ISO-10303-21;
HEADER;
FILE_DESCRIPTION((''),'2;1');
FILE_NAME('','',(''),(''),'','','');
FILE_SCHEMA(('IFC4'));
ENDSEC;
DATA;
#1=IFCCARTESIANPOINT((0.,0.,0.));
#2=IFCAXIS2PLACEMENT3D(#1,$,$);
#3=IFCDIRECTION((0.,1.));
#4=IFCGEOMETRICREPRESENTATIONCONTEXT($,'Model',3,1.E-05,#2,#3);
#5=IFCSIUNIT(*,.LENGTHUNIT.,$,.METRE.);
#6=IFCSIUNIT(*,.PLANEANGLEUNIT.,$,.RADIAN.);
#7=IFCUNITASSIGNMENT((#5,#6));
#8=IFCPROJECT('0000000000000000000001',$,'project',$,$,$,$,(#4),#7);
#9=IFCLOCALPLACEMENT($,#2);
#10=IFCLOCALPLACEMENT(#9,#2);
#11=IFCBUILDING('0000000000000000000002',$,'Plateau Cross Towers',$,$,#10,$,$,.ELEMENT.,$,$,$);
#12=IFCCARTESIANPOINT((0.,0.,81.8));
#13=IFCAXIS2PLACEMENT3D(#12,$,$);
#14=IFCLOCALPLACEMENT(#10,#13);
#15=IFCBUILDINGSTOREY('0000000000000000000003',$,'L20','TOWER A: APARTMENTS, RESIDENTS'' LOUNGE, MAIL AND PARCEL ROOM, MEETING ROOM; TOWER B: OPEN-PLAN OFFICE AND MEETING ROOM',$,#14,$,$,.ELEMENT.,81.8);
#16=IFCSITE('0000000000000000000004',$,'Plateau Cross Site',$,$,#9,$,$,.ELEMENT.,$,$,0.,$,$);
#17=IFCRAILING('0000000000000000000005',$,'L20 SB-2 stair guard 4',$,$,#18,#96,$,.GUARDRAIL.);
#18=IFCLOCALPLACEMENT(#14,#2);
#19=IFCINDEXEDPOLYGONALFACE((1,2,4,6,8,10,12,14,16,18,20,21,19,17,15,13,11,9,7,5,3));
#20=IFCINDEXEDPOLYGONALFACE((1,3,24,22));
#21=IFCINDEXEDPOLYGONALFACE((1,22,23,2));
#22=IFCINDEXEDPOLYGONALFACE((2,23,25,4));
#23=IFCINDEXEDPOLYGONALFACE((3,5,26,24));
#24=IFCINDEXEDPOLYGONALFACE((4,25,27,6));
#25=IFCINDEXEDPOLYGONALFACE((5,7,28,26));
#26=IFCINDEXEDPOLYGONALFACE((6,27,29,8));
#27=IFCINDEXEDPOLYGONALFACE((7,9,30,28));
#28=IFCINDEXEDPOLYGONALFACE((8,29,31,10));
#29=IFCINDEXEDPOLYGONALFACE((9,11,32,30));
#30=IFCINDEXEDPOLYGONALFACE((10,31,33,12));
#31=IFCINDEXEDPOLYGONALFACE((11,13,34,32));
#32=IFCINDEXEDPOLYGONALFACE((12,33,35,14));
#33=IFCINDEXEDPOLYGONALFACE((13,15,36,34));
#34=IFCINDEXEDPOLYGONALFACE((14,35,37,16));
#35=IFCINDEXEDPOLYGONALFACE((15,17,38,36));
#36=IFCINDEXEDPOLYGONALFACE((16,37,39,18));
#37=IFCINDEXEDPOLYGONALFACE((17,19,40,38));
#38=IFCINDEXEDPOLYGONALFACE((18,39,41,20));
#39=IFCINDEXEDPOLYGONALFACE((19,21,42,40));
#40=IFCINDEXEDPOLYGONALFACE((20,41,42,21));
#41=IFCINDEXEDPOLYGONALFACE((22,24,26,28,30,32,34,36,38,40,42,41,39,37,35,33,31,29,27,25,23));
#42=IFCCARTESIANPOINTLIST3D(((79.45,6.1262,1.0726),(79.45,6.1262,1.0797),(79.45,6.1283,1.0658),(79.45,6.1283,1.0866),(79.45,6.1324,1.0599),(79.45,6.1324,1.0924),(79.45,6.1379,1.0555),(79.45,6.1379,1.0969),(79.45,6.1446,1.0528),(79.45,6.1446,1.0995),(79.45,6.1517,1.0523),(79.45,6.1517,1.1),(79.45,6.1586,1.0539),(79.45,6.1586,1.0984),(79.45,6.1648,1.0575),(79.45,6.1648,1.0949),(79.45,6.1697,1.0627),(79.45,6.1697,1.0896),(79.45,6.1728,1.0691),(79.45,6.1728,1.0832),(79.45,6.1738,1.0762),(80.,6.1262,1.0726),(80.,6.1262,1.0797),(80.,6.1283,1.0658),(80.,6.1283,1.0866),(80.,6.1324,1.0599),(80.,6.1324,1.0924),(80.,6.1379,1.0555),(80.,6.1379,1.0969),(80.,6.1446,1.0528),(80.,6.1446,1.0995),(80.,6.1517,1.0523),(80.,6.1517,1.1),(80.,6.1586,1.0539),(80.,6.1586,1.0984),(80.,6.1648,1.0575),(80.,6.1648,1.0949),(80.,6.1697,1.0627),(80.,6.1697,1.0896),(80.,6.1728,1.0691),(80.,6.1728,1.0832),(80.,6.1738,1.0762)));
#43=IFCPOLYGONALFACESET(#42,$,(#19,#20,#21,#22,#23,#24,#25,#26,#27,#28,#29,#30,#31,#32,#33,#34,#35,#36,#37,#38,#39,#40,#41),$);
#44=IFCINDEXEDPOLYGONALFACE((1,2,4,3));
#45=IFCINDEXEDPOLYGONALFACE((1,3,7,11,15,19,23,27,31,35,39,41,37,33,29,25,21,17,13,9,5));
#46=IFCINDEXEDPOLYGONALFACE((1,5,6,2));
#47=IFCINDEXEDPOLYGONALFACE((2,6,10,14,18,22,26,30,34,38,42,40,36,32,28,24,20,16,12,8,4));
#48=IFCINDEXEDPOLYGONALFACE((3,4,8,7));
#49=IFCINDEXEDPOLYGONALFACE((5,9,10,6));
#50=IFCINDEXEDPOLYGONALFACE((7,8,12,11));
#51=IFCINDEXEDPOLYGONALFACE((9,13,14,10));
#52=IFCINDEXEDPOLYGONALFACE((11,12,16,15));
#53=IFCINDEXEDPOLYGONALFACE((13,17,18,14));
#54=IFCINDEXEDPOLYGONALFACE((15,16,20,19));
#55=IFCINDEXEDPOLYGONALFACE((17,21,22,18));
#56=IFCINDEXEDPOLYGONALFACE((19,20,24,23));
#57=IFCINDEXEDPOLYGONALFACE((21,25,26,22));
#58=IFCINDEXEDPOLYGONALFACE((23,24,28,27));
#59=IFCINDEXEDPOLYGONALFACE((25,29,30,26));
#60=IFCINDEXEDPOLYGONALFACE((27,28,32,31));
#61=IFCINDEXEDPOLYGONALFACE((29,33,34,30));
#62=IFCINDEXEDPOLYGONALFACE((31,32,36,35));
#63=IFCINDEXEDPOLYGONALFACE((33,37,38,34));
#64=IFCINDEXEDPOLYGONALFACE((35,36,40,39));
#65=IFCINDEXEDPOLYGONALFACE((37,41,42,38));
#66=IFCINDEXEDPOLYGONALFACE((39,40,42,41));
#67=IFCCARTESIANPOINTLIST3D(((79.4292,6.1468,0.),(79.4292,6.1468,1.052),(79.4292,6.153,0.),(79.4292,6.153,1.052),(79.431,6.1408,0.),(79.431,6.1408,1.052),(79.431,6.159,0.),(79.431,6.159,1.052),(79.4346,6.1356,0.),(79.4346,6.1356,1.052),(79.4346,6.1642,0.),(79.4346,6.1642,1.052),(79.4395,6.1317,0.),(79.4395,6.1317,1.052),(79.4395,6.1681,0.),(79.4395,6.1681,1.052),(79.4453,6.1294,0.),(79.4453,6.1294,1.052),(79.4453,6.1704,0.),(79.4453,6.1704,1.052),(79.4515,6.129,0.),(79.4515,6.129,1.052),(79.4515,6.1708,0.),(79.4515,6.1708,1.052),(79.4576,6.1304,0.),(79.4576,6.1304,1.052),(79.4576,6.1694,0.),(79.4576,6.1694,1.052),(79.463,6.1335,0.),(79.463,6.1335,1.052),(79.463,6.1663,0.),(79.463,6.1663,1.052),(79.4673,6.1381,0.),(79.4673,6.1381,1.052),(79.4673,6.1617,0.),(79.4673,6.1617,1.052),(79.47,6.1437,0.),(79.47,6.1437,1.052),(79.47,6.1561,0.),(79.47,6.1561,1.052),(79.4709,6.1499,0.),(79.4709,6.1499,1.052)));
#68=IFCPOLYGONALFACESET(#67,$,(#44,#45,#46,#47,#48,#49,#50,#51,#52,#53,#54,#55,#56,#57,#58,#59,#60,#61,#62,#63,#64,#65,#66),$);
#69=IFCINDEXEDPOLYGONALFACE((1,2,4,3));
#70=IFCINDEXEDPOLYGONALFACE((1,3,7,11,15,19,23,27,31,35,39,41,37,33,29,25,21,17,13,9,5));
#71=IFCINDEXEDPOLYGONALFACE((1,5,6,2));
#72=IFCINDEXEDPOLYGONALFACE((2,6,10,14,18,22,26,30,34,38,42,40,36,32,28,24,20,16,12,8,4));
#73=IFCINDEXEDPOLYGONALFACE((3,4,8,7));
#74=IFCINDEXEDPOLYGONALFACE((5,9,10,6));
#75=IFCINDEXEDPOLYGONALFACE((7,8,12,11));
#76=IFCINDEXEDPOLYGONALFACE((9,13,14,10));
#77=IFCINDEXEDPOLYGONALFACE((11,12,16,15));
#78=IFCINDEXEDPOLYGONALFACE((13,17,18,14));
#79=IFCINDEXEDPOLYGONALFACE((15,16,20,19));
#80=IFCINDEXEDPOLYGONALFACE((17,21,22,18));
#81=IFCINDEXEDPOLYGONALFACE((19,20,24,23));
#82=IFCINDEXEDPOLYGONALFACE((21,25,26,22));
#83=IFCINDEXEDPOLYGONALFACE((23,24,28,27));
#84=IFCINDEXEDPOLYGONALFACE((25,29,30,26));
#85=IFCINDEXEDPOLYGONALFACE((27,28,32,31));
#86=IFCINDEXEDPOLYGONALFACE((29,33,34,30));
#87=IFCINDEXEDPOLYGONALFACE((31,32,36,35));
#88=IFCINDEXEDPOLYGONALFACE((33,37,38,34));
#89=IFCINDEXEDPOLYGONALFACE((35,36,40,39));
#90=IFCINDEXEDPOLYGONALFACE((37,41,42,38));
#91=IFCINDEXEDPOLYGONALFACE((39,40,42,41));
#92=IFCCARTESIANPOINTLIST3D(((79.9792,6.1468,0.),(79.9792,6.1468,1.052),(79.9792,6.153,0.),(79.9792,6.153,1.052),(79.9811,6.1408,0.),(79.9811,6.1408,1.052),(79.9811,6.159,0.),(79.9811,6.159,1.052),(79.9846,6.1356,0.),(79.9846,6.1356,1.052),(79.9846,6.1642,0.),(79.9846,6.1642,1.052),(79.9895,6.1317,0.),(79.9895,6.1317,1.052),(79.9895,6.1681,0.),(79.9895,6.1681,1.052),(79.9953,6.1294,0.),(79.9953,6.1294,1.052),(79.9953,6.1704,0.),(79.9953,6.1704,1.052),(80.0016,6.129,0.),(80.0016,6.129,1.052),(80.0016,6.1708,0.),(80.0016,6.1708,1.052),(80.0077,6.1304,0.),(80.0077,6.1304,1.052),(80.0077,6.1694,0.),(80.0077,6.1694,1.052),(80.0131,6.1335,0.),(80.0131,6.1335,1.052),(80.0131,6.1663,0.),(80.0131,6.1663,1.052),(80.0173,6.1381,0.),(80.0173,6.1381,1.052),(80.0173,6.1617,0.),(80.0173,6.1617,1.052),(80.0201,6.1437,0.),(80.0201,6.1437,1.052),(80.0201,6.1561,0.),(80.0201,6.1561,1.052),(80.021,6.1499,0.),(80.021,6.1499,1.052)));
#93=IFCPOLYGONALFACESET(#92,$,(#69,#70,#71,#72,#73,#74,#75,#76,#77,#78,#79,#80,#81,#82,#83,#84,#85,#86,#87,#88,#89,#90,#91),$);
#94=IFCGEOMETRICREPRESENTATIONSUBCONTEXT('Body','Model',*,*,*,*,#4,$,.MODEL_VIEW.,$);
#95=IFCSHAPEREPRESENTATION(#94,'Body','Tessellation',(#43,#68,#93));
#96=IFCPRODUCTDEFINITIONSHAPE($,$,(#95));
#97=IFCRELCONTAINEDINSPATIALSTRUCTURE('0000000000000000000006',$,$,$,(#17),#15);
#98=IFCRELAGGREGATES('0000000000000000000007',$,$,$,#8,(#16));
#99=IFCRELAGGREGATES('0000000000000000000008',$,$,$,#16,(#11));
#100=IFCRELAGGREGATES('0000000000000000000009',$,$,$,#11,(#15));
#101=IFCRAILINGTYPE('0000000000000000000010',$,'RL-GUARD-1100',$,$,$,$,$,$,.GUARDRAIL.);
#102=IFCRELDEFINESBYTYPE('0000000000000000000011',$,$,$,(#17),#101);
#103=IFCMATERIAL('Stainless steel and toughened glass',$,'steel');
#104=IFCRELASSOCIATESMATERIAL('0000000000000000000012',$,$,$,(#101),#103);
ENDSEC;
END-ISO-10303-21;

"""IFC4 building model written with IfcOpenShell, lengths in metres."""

from ifc_helpers import new_model, si_unit, direction, frame, origin, origin_2d, place, context, subcontext, project, spatial, circle, extrude, material, type_object, element, save


model = new_model("IFC4")

# Units and contexts
model_context = context("Model", 3, precision=1e-05, world=origin(), true_north=direction((0.0, 1.0)))
body_context = subcontext(model_context, "Body", "Model", "MODEL_VIEW")
ifc_project = project(units=[si_unit("LENGTHUNIT", "METRE"), si_unit("PLANEANGLEUNIT", "RADIAN")], contexts=[model_context])

# Site, building, storey
site_placement = place(None, origin())
site = spatial("IfcSite", under=ifc_project, at=site_placement, Name="Plateau Cross Site", CompositionType="ELEMENT", RefElevation=0.0)
building_placement = place(site_placement, origin())
building = spatial("IfcBuilding", under=site, at=building_placement, Name="Plateau Cross Towers", CompositionType="ELEMENT")
storey_placement = place(building_placement, frame((0.0, 0.0, 81.8)))
storey = spatial("IfcBuildingStorey", under=building, at=storey_placement, Name="L20", Description="TOWER A: APARTMENTS, RESIDENTS' LOUNGE, MAIL AND PARCEL ROOM, MEETING ROOM; TOWER B: OPEN-PLAN OFFICE AND MEETING ROOM", CompositionType="ELEMENT", Elevation=81.8)

# Railing
ifc_material_1 = material(Name="Stainless steel and toughened glass", Category="steel")
railing_type = type_object("IfcRailingType", Name="RL-GUARD-1100", PredefinedType="GUARDRAIL", material=ifc_material_1)
railing_1_placement = place(storey_placement, frame((79.45, 6.1499, 0.0)))
element("IfcRailing", 1, at=railing_1_placement, inside=storey, type_object=railing_type, Name="L20 SB-2 stair guard 4", PredefinedType="GUARDRAIL", context=body_context, shape_type="SweptSolid", body=[
    extrude(circle(Radius=0.0239, at=origin_2d()), frame((0.0, 0.0, 1.0762), z_axis=(1.0, 0.0, 0.0), x_axis=(0.0, 1.0, 0.0)), (0.0, 0.0, 1.0), 0.55),
    extrude(circle(Radius=0.021, at=origin_2d()), origin(), (0.0, 0.0, 1.0), 1.052),
    extrude(circle(Radius=0.021, at=origin_2d()), frame((0.55, 0.0, 0.0)), (0.0, 0.0, 1.0), 1.052),
])

save(model, "model.ifc")
